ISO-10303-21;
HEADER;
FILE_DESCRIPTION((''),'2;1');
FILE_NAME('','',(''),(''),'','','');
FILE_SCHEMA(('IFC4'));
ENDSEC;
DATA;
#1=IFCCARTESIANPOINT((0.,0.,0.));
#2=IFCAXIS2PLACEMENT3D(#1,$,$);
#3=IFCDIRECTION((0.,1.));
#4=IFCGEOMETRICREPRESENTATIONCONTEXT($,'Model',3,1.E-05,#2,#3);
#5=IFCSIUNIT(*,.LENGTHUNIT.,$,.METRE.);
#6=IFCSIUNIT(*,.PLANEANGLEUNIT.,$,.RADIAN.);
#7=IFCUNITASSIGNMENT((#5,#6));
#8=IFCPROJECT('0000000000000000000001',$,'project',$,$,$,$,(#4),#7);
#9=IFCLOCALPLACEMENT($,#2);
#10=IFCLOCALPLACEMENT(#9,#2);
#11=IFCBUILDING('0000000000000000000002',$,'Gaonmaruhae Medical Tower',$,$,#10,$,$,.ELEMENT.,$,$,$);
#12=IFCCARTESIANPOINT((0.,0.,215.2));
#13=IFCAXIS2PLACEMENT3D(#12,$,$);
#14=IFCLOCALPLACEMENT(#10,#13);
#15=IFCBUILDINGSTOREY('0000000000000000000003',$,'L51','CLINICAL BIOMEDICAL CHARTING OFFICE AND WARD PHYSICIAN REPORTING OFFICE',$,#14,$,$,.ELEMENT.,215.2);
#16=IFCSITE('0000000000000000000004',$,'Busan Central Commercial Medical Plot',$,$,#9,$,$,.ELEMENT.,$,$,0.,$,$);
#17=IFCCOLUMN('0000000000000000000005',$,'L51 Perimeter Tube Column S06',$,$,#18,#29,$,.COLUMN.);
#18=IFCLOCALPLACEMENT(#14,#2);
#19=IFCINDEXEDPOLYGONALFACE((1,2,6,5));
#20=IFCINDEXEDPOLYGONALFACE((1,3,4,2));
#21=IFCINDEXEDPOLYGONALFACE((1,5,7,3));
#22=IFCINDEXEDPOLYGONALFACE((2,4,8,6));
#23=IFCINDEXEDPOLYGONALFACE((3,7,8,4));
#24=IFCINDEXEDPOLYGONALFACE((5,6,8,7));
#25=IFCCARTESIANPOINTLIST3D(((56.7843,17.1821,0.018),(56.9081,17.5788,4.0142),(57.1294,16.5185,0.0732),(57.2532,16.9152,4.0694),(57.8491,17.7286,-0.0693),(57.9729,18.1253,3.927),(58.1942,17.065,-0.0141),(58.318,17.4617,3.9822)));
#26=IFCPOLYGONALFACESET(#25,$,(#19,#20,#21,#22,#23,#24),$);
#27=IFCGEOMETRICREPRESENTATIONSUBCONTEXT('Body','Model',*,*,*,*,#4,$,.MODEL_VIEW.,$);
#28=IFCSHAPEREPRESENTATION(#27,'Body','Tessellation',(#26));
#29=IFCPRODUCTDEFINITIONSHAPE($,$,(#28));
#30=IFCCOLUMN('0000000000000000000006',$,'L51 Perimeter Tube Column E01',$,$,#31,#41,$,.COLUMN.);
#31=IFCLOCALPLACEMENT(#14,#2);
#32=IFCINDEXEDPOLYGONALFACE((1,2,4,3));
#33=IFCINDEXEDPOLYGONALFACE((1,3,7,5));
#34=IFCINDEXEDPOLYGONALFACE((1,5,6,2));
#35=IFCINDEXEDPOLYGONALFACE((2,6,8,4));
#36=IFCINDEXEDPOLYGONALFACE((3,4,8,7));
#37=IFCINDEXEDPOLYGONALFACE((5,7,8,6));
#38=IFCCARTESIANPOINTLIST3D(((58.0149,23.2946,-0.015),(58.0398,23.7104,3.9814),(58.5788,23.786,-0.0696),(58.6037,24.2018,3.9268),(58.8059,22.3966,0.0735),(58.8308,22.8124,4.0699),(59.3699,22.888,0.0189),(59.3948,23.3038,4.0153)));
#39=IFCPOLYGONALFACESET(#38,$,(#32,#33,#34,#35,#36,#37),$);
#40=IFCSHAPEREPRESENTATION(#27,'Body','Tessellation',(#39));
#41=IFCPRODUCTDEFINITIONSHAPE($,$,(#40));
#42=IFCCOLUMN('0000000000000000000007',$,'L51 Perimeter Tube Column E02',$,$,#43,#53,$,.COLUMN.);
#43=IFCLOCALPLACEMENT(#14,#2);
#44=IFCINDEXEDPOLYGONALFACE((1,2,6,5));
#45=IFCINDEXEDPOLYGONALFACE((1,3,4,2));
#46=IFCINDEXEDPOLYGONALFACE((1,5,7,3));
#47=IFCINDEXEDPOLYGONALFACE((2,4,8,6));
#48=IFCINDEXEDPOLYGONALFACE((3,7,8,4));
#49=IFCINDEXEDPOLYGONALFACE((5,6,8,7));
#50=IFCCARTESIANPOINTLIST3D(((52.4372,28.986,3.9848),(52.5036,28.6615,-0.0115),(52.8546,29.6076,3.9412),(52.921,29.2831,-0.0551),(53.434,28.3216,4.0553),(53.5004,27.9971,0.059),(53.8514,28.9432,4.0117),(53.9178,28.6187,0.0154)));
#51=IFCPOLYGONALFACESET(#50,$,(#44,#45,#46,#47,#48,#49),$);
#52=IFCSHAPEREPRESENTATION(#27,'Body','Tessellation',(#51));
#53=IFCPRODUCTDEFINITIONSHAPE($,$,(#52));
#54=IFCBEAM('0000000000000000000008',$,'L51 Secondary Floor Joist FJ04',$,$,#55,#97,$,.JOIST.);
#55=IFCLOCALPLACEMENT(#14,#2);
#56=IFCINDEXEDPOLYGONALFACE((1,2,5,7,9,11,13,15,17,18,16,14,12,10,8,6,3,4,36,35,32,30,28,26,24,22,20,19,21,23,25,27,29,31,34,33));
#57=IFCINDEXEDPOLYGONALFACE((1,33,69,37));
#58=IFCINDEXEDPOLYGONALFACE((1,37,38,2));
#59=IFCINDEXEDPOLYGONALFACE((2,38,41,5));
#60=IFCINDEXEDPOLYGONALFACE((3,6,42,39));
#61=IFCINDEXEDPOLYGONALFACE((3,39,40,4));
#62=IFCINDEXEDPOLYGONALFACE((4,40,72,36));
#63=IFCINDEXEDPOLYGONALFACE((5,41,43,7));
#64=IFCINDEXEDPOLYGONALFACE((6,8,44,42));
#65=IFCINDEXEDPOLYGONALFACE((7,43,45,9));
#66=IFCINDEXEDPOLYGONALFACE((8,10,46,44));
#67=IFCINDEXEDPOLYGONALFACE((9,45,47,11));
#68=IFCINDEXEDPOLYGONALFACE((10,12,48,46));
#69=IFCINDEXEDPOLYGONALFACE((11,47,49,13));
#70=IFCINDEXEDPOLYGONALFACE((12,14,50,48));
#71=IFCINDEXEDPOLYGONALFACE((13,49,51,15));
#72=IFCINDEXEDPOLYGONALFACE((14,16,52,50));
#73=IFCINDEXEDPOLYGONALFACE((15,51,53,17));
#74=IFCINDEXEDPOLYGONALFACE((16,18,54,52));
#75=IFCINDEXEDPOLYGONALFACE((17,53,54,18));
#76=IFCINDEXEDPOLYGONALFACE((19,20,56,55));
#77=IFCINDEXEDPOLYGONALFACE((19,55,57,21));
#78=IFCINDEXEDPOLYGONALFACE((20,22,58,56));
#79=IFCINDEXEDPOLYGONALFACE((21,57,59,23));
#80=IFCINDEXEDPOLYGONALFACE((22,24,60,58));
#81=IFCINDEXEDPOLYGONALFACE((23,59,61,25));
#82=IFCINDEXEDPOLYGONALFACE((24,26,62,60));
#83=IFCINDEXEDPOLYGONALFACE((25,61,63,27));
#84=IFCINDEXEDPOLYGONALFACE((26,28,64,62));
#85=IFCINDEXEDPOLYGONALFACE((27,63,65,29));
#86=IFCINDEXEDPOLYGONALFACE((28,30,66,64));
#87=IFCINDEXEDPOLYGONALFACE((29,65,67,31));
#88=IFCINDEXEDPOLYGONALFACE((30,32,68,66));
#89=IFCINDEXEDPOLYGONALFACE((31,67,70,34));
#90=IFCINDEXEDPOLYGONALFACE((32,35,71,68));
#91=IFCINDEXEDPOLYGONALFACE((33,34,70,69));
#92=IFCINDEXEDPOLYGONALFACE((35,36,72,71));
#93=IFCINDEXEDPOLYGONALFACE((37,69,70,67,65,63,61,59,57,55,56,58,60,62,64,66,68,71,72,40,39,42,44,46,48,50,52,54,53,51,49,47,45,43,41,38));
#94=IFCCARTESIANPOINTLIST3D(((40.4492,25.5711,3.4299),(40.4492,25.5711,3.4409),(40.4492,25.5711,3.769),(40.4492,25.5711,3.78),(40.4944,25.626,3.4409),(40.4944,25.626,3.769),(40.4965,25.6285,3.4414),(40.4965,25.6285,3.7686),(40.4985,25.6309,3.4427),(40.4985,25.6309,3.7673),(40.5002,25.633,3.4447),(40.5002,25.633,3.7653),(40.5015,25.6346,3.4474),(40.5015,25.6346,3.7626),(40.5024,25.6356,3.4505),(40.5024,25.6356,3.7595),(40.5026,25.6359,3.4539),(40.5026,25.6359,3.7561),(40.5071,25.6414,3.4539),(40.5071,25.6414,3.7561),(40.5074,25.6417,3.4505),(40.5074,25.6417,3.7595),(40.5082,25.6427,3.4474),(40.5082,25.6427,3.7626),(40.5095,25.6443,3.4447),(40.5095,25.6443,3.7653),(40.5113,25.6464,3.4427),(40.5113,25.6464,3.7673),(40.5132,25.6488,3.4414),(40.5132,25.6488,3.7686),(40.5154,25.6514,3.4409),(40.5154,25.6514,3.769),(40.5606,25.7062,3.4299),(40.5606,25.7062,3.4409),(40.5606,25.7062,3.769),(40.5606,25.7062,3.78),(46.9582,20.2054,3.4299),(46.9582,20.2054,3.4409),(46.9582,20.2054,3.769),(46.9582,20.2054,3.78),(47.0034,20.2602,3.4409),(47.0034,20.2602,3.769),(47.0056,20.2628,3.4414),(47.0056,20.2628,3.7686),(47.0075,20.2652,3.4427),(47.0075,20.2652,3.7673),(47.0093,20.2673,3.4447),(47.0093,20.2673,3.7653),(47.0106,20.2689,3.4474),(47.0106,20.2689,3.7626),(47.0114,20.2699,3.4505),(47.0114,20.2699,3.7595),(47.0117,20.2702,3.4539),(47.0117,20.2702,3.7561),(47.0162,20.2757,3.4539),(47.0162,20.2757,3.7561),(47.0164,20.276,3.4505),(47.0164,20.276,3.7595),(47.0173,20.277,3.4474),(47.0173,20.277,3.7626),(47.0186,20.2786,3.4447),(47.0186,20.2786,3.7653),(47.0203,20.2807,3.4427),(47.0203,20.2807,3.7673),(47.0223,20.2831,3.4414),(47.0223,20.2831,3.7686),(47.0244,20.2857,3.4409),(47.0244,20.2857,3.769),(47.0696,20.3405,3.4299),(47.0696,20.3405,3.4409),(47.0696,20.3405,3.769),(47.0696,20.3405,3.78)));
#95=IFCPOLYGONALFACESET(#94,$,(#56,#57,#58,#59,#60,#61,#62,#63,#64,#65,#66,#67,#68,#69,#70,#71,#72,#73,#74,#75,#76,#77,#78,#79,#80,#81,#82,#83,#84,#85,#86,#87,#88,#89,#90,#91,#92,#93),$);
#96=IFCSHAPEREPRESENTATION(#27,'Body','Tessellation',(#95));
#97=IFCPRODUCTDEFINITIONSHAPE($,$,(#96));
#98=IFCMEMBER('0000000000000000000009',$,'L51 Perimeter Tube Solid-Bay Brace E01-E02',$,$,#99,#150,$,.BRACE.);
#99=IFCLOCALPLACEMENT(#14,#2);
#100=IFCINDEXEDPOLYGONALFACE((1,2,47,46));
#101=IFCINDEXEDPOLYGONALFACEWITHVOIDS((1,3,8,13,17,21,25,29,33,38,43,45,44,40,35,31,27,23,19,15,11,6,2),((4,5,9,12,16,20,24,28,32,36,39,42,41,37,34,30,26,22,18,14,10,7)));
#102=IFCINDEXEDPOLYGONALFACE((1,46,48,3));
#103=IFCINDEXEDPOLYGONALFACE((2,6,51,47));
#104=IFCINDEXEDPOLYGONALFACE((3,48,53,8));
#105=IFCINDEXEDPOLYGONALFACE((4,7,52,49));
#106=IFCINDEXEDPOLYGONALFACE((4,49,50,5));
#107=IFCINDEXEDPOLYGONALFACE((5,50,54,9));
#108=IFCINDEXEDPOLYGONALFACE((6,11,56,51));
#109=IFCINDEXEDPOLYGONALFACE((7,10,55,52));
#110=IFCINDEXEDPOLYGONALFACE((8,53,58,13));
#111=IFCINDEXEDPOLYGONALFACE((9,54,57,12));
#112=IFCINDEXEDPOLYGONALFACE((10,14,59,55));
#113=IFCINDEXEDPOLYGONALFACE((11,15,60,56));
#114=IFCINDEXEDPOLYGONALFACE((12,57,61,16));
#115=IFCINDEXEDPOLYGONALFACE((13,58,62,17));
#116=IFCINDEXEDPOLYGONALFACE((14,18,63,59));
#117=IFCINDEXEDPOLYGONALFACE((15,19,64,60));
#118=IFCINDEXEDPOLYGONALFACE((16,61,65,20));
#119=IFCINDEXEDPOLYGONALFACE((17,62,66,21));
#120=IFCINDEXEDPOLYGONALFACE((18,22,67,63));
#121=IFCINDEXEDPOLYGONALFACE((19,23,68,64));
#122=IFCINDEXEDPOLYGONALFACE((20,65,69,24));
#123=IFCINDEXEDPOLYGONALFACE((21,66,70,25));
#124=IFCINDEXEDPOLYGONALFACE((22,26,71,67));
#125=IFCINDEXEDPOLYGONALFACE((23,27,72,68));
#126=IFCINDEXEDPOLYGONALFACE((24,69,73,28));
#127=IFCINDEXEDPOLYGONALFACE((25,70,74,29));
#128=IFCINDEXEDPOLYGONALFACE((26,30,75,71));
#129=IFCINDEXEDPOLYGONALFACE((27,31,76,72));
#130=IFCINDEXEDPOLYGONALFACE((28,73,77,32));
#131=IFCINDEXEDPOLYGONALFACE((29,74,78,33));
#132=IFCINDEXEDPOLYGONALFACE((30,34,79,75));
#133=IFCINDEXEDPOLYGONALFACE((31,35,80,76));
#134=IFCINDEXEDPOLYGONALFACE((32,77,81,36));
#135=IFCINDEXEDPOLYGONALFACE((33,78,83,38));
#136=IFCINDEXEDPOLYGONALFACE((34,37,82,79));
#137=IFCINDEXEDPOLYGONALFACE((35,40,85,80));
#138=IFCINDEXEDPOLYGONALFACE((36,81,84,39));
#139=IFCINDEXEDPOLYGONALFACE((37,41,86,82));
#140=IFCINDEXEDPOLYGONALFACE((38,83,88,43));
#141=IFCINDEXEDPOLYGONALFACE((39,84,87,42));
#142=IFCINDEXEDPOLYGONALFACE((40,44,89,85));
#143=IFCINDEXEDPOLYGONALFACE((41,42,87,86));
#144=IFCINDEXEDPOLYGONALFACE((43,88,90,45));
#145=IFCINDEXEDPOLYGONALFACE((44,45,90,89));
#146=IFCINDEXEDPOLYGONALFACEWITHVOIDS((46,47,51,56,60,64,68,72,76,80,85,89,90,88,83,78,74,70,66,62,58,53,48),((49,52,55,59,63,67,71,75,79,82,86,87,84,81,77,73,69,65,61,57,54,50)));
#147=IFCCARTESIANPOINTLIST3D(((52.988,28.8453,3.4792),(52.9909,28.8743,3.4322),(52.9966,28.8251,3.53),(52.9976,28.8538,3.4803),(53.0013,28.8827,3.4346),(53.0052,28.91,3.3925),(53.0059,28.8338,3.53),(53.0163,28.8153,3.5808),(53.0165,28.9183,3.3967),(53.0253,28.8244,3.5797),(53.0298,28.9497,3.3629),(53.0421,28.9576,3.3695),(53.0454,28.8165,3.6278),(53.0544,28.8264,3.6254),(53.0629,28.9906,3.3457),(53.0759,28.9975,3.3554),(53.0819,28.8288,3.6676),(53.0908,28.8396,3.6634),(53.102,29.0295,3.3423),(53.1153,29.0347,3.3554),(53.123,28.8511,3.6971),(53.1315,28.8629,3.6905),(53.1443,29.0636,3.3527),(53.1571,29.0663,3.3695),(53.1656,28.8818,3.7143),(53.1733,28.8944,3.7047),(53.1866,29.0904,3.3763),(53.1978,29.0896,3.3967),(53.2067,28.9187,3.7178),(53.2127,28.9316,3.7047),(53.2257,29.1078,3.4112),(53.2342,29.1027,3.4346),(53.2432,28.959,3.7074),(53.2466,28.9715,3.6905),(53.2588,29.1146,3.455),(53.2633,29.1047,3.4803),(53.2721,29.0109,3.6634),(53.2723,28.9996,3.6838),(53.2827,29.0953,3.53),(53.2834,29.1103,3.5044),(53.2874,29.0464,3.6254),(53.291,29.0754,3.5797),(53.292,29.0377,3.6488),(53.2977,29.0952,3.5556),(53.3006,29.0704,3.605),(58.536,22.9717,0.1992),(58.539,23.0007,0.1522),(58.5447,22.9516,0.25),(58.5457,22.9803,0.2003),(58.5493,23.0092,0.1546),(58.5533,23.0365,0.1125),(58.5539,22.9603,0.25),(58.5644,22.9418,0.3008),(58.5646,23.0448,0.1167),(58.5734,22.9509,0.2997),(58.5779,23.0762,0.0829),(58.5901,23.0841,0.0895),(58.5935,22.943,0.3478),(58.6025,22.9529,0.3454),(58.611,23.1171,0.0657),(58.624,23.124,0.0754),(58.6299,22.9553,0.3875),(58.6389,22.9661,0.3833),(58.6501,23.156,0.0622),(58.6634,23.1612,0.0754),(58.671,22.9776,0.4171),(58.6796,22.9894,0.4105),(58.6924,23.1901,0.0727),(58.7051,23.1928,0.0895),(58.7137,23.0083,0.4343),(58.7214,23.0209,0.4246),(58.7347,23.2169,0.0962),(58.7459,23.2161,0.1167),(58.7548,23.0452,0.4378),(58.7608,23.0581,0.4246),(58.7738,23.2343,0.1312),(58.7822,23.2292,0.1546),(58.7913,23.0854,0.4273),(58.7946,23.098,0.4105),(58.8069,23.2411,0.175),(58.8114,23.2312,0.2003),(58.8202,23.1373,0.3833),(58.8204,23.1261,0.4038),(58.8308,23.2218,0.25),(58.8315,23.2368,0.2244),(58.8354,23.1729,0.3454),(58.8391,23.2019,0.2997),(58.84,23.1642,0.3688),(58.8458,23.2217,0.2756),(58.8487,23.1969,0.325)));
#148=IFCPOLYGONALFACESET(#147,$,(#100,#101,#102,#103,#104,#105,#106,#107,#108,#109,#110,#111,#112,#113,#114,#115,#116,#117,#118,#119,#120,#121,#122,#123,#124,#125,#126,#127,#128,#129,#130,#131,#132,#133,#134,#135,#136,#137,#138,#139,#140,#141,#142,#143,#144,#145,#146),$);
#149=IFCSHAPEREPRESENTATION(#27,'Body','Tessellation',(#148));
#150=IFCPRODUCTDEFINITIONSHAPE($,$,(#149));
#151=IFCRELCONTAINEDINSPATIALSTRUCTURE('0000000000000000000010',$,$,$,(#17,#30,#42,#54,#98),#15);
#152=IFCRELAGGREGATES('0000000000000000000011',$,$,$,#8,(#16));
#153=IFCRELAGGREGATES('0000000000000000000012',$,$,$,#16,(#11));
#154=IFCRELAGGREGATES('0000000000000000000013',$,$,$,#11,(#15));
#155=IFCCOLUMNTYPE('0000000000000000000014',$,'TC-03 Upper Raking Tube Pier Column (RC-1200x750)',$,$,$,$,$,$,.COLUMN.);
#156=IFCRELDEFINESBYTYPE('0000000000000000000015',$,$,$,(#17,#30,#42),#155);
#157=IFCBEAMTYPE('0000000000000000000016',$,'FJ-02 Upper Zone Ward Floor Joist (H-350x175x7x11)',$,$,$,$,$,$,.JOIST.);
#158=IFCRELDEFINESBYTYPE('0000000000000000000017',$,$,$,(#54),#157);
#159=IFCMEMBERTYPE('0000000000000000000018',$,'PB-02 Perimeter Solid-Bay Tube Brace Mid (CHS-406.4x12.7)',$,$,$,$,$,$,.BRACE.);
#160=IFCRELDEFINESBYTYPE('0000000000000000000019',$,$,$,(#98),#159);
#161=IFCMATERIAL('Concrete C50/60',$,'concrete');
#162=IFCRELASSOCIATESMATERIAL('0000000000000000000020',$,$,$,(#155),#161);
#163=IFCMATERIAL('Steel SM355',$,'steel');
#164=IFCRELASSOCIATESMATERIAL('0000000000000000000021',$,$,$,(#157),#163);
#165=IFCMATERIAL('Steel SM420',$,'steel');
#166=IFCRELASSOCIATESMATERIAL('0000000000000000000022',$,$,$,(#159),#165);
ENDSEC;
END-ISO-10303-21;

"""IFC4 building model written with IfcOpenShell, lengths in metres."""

from ifc_helpers import new_model, si_unit, direction, frame, origin, origin_2d, place, context, subcontext, project, spatial, rectangle, hollow_circle, i_section, extrude, material, material_profile, profile_set, type_object, element, save


model = new_model("IFC4")

# Units and contexts
model_context = context("Model", 3, precision=1e-05, world=origin(), true_north=direction((0.0, 1.0)))
body_context = subcontext(model_context, "Body", "Model", "MODEL_VIEW")
ifc_project = project(units=[si_unit("LENGTHUNIT", "METRE"), si_unit("PLANEANGLEUNIT", "RADIAN")], contexts=[model_context])

# Site, building, storey
site_placement = place(None, origin())
site = spatial("IfcSite", under=ifc_project, at=site_placement, Name="Busan Central Commercial Medical Plot", CompositionType="ELEMENT", RefElevation=0.0)
building_placement = place(site_placement, origin())
building = spatial("IfcBuilding", under=site, at=building_placement, Name="Gaonmaruhae Medical Tower", CompositionType="ELEMENT")
storey_placement = place(building_placement, frame((0.0, 0.0, 215.2)))
storey = spatial("IfcBuildingStorey", under=building, at=storey_placement, Name="L51", Description="CLINICAL BIOMEDICAL CHARTING OFFICE AND WARD PHYSICIAN REPORTING OFFICE", CompositionType="ELEMENT", Elevation=215.2)

# Columns
ifc_material_1 = material(Name="Concrete C50/60", Category="concrete")
ifc_material_profile_1 = material_profile(ifc_material_1, rectangle(XDim=1.2, YDim=0.75, at=origin_2d()), Name="RC-1200x750")
ifc_profile_set_1 = profile_set([ifc_material_profile_1], Name="Concrete C50/60")
column_type = type_object("IfcColumnType", Name="TC-03 Upper Raking Tube Pier Column (RC-1200x750)", PredefinedType="COLUMN", material=ifc_profile_set_1)
column_1_placement = place(storey_placement, frame((57.4893, 17.1235, 0.002), z_axis=(0.030807, 0.098741, 0.994636), x_axis=(-0.887318, -0.455393, 0.072691)))
element("IfcColumn", 1, at=column_1_placement, inside=storey, type_object=column_type, Name="L51 Perimeter Tube Column S06", PredefinedType="COLUMN", context=body_context, shape_type="SweptSolid", body=[
    extrude(rectangle(XDim=1.2, YDim=0.75, at=origin_2d()), origin(), (0.0, 0.0, 1.0), 4.0178),
])
column_2_placement = place(storey_placement, frame((58.6924, 23.0913, 0.002), z_axis=(0.006198, 0.103478, 0.994612), x_axis=(0.659213, -0.748331, 0.073747)))
element("IfcColumn", 2, at=column_2_placement, inside=storey, type_object=column_type, Name="L51 Perimeter Tube Column E01", PredefinedType="COLUMN", context=body_context, shape_type="SweptSolid", body=[
    extrude(rectangle(XDim=1.2, YDim=0.75, at=origin_2d()), origin(), (0.0, 0.0, 1.0), 4.0181),
])
column_3_placement = place(storey_placement, frame((53.2107, 28.6401, 0.002), z_axis=(-0.01656, 0.080913, 0.996584), x_axis=(0.830659, -0.553672, 0.058756)))
element("IfcColumn", 3, at=column_3_placement, inside=storey, type_object=column_type, Name="L51 Perimeter Tube Column E02", PredefinedType="COLUMN", context=body_context, shape_type="SweptSolid", body=[
    extrude(rectangle(XDim=1.2, YDim=0.75, at=origin_2d()), origin(), (0.0, 0.0, 1.0), 4.01),
])

# Beam
ifc_material_2 = material(Name="Steel SM355", Category="steel")
ifc_material_profile_2 = material_profile(ifc_material_2, i_section(OverallWidth=0.175, OverallDepth=0.3501, WebThickness=0.0071, FlangeThickness=0.011, FilletRadius=0.0129, at=origin_2d()), Name="H-350x175x7x11")
ifc_profile_set_2 = profile_set([ifc_material_profile_2], Name="Steel SM355")
beam_type_1 = type_object("IfcBeamType", Name="FJ-02 Upper Zone Ward Floor Joist (H-350x175x7x11)", PredefinedType="JOIST", material=ifc_profile_set_2)
beam_1_placement = place(storey_placement, frame((47.0139, 20.2729, 3.605), z_axis=(-0.771619, 0.636085, 0.0), x_axis=(-0.636085, -0.771619, 0.0)))
element("IfcBeam", 4, at=beam_1_placement, inside=storey, type_object=beam_type_1, Name="L51 Secondary Floor Joist FJ04", PredefinedType="JOIST", context=body_context, shape_type="SweptSolid", body=[
    extrude(i_section(OverallWidth=0.175, OverallDepth=0.3501, WebThickness=0.0071, FlangeThickness=0.011, FilletRadius=0.0129, at=origin_2d()), origin(), (0.0, 0.0, 1.0), 8.4355),
])

# Member
ifc_material_3 = material(Name="Steel SM420", Category="steel")
ifc_material_profile_3 = material_profile(ifc_material_3, hollow_circle(Radius=0.2031, WallThickness=0.0127, at=origin_2d()), Name="CHS-406.4x12.7")
ifc_profile_set_3 = profile_set([ifc_material_profile_3], Name="Steel SM420")
member_type = type_object("IfcMemberType", Name="PB-02 Perimeter Solid-Bay Tube Brace Mid (CHS-406.4x12.7)", PredefinedType="BRACE", material=ifc_profile_set_3)
member_placement = place(storey_placement, frame((58.6924, 23.0911, 0.25), z_axis=(-0.63625, 0.673571, 0.37615), x_axis=(-0.72696, -0.68668, 0.0)))
element("IfcMember", 5, at=member_placement, inside=storey, type_object=member_type, Name="L51 Perimeter Tube Solid-Bay Brace E01-E02", PredefinedType="BRACE", context=body_context, shape_type="SweptSolid", body=[
    extrude(hollow_circle(Radius=0.2031, WallThickness=0.0127, at=origin_2d()), origin(), (0.0, 0.0, 1.0), 8.72),
])

save(model, "model.ifc")
